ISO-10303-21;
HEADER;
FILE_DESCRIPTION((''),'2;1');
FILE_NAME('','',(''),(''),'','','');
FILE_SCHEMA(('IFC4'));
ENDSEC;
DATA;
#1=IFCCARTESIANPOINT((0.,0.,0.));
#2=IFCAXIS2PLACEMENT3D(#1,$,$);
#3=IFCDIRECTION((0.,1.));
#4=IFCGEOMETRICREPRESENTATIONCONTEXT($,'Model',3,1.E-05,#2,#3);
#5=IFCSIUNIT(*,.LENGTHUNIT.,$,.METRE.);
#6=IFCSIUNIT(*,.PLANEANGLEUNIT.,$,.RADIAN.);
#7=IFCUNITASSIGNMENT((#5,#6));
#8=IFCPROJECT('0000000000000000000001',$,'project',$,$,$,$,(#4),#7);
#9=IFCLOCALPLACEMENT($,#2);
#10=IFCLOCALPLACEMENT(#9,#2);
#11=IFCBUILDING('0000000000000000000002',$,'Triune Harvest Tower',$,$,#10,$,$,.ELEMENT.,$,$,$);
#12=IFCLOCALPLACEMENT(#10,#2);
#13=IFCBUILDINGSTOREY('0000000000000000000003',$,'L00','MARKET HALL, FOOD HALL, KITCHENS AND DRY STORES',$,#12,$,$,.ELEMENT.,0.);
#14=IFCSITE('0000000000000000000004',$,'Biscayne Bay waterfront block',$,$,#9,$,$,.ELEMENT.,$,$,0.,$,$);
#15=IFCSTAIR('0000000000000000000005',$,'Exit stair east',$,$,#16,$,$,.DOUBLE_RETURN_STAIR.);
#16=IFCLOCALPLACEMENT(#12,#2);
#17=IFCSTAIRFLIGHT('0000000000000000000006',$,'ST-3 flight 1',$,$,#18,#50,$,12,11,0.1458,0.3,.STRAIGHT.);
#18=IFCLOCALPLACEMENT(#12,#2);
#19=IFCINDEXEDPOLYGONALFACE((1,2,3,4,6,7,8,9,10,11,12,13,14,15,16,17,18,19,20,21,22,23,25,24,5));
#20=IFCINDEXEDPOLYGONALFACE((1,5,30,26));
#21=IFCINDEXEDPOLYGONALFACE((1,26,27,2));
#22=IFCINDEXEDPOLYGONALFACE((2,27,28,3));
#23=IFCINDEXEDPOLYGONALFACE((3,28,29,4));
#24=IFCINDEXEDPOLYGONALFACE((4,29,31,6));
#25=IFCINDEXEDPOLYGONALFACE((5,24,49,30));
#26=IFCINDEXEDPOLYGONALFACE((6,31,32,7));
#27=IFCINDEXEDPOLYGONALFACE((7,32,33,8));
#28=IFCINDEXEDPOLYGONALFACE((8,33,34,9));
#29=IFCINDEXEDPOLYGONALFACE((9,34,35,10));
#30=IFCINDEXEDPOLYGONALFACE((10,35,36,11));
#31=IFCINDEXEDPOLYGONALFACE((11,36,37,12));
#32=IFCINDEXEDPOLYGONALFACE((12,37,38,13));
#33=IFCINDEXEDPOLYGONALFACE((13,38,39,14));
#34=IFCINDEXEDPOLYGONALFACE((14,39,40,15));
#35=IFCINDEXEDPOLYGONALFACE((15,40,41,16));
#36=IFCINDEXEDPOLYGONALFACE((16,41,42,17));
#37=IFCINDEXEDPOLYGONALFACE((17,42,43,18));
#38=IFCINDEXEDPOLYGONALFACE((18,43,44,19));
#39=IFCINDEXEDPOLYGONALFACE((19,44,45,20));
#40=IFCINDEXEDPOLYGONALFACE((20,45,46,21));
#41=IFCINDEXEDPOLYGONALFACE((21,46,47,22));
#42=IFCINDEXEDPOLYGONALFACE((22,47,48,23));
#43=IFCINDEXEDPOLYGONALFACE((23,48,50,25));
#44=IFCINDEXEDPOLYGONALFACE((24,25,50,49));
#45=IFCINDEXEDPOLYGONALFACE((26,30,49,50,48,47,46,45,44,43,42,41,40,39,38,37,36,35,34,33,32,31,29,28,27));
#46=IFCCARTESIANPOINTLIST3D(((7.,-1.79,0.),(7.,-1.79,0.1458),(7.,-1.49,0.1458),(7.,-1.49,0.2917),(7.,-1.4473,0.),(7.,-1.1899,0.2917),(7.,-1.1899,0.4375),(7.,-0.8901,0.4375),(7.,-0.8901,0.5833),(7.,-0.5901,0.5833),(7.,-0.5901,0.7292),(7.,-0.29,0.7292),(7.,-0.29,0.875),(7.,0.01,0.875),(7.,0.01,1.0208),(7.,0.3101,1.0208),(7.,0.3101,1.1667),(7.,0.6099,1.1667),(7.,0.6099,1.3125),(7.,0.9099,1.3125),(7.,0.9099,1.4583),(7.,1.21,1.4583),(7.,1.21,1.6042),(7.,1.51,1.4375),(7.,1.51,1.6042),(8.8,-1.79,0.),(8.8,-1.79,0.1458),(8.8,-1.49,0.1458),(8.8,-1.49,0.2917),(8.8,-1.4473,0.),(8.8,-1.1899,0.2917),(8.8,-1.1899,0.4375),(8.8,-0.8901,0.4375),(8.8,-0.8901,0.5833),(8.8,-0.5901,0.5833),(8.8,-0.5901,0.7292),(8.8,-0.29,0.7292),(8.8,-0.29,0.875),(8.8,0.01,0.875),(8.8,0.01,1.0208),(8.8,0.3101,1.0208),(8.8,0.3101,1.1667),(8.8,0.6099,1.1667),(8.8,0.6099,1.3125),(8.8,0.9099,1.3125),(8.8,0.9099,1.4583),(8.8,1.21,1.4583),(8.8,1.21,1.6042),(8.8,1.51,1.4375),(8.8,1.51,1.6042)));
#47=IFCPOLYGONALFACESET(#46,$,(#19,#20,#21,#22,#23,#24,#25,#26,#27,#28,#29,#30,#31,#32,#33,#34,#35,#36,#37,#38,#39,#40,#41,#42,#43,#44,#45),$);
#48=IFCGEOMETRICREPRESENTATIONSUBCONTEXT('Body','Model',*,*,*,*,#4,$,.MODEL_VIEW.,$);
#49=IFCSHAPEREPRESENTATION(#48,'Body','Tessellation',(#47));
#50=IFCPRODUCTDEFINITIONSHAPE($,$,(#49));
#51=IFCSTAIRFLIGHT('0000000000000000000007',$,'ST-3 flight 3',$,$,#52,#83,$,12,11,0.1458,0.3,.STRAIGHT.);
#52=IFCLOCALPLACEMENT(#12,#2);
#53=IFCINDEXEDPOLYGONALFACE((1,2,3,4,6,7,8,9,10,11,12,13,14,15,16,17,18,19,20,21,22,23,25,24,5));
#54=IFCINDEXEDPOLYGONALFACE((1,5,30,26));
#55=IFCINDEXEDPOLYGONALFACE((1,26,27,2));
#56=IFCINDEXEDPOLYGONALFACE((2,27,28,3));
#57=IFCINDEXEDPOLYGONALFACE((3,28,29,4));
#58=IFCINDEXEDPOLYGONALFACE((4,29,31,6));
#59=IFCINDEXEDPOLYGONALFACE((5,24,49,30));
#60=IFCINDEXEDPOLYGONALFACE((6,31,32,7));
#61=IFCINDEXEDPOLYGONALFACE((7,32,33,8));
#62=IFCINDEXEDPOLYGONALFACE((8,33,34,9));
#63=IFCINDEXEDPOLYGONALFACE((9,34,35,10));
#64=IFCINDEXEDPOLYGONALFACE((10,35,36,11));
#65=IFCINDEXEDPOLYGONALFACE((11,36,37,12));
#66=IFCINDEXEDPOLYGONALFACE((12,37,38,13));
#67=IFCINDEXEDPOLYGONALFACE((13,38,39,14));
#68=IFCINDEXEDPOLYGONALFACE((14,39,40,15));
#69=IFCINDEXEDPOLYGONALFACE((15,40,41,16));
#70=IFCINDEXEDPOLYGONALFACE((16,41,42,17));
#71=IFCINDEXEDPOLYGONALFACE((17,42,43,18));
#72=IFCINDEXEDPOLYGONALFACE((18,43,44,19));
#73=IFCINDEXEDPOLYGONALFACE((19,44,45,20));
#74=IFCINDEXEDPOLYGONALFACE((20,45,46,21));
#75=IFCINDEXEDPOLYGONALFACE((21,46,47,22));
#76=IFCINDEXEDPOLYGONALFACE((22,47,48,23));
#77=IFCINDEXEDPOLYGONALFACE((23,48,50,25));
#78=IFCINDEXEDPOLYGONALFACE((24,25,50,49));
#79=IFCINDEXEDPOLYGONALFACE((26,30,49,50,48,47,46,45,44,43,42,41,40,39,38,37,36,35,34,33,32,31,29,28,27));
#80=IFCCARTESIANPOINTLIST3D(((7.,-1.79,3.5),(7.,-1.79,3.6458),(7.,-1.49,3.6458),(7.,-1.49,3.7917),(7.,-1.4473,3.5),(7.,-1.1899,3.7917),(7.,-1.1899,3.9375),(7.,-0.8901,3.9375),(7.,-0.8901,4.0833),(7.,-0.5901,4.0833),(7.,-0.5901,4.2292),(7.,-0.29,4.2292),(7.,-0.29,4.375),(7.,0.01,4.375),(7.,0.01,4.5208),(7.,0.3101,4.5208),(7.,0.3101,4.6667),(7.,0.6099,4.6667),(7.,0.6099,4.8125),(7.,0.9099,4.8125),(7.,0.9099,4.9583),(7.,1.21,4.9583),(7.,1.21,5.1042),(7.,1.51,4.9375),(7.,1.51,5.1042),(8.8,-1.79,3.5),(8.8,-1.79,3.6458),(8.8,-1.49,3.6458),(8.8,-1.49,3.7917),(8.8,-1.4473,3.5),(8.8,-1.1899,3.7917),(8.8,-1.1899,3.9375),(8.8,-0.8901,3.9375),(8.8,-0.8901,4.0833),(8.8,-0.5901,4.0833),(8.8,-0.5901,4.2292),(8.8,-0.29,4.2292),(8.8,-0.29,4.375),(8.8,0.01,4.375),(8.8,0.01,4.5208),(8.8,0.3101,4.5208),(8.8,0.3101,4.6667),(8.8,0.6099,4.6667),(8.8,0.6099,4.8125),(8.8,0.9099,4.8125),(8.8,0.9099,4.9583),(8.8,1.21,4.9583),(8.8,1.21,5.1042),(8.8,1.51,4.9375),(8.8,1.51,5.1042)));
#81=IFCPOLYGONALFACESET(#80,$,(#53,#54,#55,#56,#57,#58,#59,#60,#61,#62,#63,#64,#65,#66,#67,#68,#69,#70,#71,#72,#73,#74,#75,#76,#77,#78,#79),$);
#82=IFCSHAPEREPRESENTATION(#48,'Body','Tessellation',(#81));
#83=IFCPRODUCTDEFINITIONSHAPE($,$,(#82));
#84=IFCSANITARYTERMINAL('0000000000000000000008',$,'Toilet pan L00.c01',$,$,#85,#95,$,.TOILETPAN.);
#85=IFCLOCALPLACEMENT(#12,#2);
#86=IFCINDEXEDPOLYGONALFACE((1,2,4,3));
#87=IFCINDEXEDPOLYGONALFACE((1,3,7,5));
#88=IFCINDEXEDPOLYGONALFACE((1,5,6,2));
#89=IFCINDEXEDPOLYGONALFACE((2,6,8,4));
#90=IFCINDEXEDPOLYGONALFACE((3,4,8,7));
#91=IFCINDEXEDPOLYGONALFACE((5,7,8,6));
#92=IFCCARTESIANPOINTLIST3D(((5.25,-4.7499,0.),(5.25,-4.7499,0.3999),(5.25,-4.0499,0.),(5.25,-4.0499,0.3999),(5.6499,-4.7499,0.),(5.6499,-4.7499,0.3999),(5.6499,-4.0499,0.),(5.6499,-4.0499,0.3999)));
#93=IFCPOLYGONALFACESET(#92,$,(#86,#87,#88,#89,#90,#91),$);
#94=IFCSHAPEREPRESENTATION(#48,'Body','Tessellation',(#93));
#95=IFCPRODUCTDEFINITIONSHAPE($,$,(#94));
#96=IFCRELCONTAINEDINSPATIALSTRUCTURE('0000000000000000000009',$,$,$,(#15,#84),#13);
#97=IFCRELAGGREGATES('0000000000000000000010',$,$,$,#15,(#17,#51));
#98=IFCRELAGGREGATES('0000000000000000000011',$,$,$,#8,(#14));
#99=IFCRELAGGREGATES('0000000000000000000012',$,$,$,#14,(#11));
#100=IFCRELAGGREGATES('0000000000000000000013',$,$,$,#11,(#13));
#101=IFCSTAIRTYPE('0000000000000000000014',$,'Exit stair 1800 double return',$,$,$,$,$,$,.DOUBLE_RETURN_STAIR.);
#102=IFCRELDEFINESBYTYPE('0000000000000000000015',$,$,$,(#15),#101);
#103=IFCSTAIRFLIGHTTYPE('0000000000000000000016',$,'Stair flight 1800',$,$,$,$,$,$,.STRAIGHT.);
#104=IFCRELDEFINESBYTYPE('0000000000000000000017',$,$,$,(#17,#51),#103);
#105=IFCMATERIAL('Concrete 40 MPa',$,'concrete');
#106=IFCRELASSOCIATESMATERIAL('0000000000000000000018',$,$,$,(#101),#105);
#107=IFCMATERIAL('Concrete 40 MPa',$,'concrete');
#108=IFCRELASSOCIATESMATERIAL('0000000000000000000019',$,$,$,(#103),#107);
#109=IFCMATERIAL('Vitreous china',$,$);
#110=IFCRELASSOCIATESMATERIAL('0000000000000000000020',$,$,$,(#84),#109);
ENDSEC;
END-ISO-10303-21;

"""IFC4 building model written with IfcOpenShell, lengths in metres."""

from ifc_helpers import new_model, si_unit, direction, frame, origin, origin_2d, place, context, subcontext, project, spatial, polyline, rectangle, outline, extrude, source, transform, mapped, material, type_object, element, aggregate, save


model = new_model("IFC4")

# Units and contexts
model_context = context("Model", 3, precision=1e-05, world=origin(), true_north=direction((0.0, 1.0)))
body_context = subcontext(model_context, "Body", "Model", "MODEL_VIEW")
ifc_project = project(units=[si_unit("LENGTHUNIT", "METRE"), si_unit("PLANEANGLEUNIT", "RADIAN")], contexts=[model_context])

# Site, building, storey
site_placement = place(None, origin())
site = spatial("IfcSite", under=ifc_project, at=site_placement, Name="Biscayne Bay waterfront block", CompositionType="ELEMENT", RefElevation=0.0)
building_placement = place(site_placement, origin())
building = spatial("IfcBuilding", under=site, at=building_placement, Name="Triune Harvest Tower", CompositionType="ELEMENT")
storey_placement = place(building_placement, origin())
storey = spatial("IfcBuildingStorey", under=building, at=storey_placement, Name="L00", Description="MARKET HALL, FOOD HALL, KITCHENS AND DRY STORES", CompositionType="ELEMENT", Elevation=0.0)

# Stair, stair flights
ifc_material_1 = material(Name="Concrete 40 MPa", Category="concrete")
stair_type = type_object("IfcStairType", Name="Exit stair 1800 double return", PredefinedType="DOUBLE_RETURN_STAIR", material=ifc_material_1)
stair_placement = place(storey_placement, origin())
stair = element("IfcStair", 1, at=stair_placement, inside=storey, type_object=stair_type, Name="Exit stair east", PredefinedType="DOUBLE_RETURN_STAIR")
ifc_material_2 = material(Name="Concrete 40 MPa", Category="concrete")
stair_flight_type = type_object("IfcStairFlightType", Name="Stair flight 1800", PredefinedType="STRAIGHT", material=ifc_material_2)
shared_shape_1 = source(origin(), body_context, "Body", "SweptSolid", [
    extrude(outline(polyline([(0.0, 0.0), (0.0, 0.1458), (0.3, 0.1458), (0.3, 0.2917), (0.6001, 0.2917), (0.6001, 0.4375), (0.8999, 0.4375), (0.8999, 0.5833), (1.2, 0.5833), (1.2, 0.7292), (1.5, 0.7292), (1.5, 0.875), (1.8, 0.875), (1.8, 1.0208), (2.1001, 1.0208), (2.1001, 1.1667), (2.3999, 1.1667), (2.3999, 1.3125), (2.7, 1.3125), (2.7, 1.4583), (3.0, 1.4583), (3.0, 1.6042), (3.3, 1.6042), (3.3, 1.75), (3.3, 1.4375), (0.3428, 0.0), (0.0, 0.0)])), frame((0.0, 0.8999, 0.0), z_axis=(0.0, -1.0, 0.0), x_axis=(1.0, 0.0, 0.0)), (0.0, 0.0, 1.0), 1.8),
])
stair_flight_1_placement = place(storey_placement, frame((7.8999, -1.79, 0.0), z_axis=(0.0, 0.0, 1.0), x_axis=(0.0, 1.0, 0.0)))
stair_flight_1 = element("IfcStairFlight", 2, at=stair_flight_1_placement, type_object=stair_flight_type, Name="ST-3 flight 1", NumberOfRisers=12, NumberOfTreads=11, PredefinedType="STRAIGHT", RiserHeight=0.1458, TreadLength=0.3, context=body_context, shape_type="MappedRepresentation", body=[
    mapped(shared_shape_1, transform((0.0, 0.0, 0.0), scale=1.0)),
])
stair_flight_2_placement = place(storey_placement, frame((7.8999, -1.79, 3.5), z_axis=(0.0, 0.0, 1.0), x_axis=(0.0, 1.0, 0.0)))
stair_flight_2 = element("IfcStairFlight", 3, at=stair_flight_2_placement, type_object=stair_flight_type, Name="ST-3 flight 3", NumberOfRisers=12, NumberOfTreads=11, PredefinedType="STRAIGHT", RiserHeight=0.1458, TreadLength=0.3, context=body_context, shape_type="MappedRepresentation", body=[
    mapped(shared_shape_1, transform((0.0, 0.0, 0.0), scale=1.0)),
])
aggregate(stair, [stair_flight_1, stair_flight_2])

# Sanitary terminal
ifc_material_3 = material(Name="Vitreous china")
shared_shape_2 = source(origin(), body_context, "Body", "SweptSolid", [
    extrude(rectangle(XDim=0.3999, YDim=0.7, at=origin_2d()), origin(), (0.0, 0.0, 1.0), 0.3999),
])
sanitary_terminal_placement = place(storey_placement, frame((5.45, -4.3999, 0.0), z_axis=(0.0, 0.0, 1.0), x_axis=(1.0, 0.0, 0.0)))
element("IfcSanitaryTerminal", 4, at=sanitary_terminal_placement, inside=storey, material=ifc_material_3, Name="Toilet pan L00.c01", PredefinedType="TOILETPAN", context=body_context, shape_type="MappedRepresentation", body=[
    mapped(shared_shape_2, transform((0.0, 0.0, 0.0), scale=1.0)),
])

save(model, "model.ifc")
